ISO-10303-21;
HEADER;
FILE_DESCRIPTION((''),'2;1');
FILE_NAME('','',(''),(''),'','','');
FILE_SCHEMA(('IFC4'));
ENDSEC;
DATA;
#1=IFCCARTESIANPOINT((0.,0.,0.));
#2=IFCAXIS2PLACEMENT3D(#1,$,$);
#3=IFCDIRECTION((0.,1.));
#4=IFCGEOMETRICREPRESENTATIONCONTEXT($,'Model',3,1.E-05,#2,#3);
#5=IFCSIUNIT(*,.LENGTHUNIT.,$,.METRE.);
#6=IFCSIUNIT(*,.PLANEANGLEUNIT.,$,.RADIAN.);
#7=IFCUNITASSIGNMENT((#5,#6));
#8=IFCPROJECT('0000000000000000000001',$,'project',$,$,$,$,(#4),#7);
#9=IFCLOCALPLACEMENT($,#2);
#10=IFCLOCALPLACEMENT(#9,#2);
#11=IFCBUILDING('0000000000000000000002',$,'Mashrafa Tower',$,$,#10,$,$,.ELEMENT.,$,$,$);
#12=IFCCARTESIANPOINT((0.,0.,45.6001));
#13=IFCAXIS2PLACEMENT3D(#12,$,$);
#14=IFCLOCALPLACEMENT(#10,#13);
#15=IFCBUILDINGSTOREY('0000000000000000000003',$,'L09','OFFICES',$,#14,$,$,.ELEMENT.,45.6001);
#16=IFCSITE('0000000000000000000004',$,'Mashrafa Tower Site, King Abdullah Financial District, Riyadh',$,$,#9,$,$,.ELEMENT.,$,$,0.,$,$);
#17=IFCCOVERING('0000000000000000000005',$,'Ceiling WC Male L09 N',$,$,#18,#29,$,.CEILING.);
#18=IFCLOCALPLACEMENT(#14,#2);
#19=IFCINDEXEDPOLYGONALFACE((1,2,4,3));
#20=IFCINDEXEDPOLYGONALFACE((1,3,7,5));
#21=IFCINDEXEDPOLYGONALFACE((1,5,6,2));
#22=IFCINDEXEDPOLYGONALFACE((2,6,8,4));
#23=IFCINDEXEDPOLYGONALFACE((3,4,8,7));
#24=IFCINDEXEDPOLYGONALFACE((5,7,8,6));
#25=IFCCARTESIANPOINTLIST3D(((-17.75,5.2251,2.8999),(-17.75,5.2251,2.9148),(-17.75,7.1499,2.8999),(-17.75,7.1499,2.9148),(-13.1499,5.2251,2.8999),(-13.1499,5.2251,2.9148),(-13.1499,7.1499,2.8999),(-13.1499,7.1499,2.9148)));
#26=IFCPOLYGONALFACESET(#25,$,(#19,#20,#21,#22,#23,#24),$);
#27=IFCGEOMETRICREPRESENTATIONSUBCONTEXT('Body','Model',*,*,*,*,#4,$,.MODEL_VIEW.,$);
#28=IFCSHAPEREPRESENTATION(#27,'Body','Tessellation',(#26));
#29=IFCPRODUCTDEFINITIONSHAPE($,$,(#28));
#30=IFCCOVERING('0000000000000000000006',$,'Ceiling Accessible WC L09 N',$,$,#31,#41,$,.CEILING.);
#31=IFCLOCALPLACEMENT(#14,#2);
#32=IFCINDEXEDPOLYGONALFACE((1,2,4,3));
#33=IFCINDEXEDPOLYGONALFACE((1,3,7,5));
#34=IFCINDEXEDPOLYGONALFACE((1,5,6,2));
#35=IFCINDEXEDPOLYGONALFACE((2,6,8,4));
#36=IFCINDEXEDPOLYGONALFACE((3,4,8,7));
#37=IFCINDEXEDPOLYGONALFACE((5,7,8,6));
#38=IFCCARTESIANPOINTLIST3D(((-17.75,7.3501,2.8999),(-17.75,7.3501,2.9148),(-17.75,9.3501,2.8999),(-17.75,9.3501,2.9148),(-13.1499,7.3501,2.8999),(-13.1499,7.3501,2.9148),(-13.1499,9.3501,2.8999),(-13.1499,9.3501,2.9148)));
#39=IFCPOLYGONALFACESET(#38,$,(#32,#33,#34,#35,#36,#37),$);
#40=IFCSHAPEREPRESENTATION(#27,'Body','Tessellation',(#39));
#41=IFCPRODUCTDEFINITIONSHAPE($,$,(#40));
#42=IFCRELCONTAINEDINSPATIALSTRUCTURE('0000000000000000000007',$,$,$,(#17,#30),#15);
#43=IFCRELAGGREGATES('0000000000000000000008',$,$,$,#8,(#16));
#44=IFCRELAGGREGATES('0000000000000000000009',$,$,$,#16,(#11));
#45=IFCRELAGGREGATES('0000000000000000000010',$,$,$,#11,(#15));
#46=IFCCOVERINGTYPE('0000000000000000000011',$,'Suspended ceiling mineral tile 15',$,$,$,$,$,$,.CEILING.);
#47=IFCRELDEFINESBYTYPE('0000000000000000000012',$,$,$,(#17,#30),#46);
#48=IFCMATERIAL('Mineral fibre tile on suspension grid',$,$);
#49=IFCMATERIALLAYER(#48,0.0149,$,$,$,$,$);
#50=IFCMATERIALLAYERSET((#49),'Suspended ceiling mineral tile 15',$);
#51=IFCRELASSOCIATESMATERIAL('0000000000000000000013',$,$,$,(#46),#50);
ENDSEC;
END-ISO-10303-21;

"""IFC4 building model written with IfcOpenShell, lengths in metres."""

from ifc_helpers import new_model, si_unit, direction, frame, origin, place, context, subcontext, project, spatial, polyline, outline, extrude, material, layer, layer_set, type_object, element, save


model = new_model("IFC4")

# Units and contexts
model_context = context("Model", 3, precision=1e-05, world=origin(), true_north=direction((0.0, 1.0)))
body_context = subcontext(model_context, "Body", "Model", "MODEL_VIEW")
ifc_project = project(units=[si_unit("LENGTHUNIT", "METRE"), si_unit("PLANEANGLEUNIT", "RADIAN")], contexts=[model_context])

# Site, building, storey
site_placement = place(None, origin())
site = spatial("IfcSite", under=ifc_project, at=site_placement, Name="Mashrafa Tower Site, King Abdullah Financial District, Riyadh", CompositionType="ELEMENT", RefElevation=0.0)
building_placement = place(site_placement, origin())
building = spatial("IfcBuilding", under=site, at=building_placement, Name="Mashrafa Tower", CompositionType="ELEMENT")
storey_placement = place(building_placement, frame((0.0, 0.0, 45.6001)))
storey = spatial("IfcBuildingStorey", under=building, at=storey_placement, Name="L09", Description="OFFICES", CompositionType="ELEMENT", Elevation=45.6001)

# Coverings
ifc_material_1 = material(Name="Mineral fibre tile on suspension grid")
ifc_layer_1 = layer(ifc_material_1, 0.0149)
ifc_layer_set_1 = layer_set([ifc_layer_1], Name="Suspended ceiling mineral tile 15")
covering_type_1 = type_object("IfcCoveringType", Name="Suspended ceiling mineral tile 15", PredefinedType="CEILING", material=ifc_layer_set_1)
covering_1_placement = place(storey_placement, frame((0.0, 0.0, 2.8999)))
element("IfcCovering", 1, at=covering_1_placement, inside=storey, type_object=covering_type_1, Name="Ceiling WC Male L09 N", PredefinedType="CEILING", context=body_context, shape_type="SweptSolid", body=[
    extrude(outline(polyline([(-17.75, 5.2251), (-17.75, 7.1499), (-13.1499, 7.1499), (-13.1499, 5.2251), (-17.75, 5.2251)])), origin(), (0.0, 0.0, 1.0), 0.0149),
])
covering_2_placement = place(storey_placement, frame((0.0, 0.0, 2.8999)))
element("IfcCovering", 2, at=covering_2_placement, inside=storey, type_object=covering_type_1, Name="Ceiling Accessible WC L09 N", PredefinedType="CEILING", context=body_context, shape_type="SweptSolid", body=[
    extrude(outline(polyline([(-17.75, 7.3501), (-17.75, 9.3501), (-13.1499, 9.3501), (-13.1499, 7.3501), (-17.75, 7.3501)])), origin(), (0.0, 0.0, 1.0), 0.0149),
])

save(model, "model.ifc")
